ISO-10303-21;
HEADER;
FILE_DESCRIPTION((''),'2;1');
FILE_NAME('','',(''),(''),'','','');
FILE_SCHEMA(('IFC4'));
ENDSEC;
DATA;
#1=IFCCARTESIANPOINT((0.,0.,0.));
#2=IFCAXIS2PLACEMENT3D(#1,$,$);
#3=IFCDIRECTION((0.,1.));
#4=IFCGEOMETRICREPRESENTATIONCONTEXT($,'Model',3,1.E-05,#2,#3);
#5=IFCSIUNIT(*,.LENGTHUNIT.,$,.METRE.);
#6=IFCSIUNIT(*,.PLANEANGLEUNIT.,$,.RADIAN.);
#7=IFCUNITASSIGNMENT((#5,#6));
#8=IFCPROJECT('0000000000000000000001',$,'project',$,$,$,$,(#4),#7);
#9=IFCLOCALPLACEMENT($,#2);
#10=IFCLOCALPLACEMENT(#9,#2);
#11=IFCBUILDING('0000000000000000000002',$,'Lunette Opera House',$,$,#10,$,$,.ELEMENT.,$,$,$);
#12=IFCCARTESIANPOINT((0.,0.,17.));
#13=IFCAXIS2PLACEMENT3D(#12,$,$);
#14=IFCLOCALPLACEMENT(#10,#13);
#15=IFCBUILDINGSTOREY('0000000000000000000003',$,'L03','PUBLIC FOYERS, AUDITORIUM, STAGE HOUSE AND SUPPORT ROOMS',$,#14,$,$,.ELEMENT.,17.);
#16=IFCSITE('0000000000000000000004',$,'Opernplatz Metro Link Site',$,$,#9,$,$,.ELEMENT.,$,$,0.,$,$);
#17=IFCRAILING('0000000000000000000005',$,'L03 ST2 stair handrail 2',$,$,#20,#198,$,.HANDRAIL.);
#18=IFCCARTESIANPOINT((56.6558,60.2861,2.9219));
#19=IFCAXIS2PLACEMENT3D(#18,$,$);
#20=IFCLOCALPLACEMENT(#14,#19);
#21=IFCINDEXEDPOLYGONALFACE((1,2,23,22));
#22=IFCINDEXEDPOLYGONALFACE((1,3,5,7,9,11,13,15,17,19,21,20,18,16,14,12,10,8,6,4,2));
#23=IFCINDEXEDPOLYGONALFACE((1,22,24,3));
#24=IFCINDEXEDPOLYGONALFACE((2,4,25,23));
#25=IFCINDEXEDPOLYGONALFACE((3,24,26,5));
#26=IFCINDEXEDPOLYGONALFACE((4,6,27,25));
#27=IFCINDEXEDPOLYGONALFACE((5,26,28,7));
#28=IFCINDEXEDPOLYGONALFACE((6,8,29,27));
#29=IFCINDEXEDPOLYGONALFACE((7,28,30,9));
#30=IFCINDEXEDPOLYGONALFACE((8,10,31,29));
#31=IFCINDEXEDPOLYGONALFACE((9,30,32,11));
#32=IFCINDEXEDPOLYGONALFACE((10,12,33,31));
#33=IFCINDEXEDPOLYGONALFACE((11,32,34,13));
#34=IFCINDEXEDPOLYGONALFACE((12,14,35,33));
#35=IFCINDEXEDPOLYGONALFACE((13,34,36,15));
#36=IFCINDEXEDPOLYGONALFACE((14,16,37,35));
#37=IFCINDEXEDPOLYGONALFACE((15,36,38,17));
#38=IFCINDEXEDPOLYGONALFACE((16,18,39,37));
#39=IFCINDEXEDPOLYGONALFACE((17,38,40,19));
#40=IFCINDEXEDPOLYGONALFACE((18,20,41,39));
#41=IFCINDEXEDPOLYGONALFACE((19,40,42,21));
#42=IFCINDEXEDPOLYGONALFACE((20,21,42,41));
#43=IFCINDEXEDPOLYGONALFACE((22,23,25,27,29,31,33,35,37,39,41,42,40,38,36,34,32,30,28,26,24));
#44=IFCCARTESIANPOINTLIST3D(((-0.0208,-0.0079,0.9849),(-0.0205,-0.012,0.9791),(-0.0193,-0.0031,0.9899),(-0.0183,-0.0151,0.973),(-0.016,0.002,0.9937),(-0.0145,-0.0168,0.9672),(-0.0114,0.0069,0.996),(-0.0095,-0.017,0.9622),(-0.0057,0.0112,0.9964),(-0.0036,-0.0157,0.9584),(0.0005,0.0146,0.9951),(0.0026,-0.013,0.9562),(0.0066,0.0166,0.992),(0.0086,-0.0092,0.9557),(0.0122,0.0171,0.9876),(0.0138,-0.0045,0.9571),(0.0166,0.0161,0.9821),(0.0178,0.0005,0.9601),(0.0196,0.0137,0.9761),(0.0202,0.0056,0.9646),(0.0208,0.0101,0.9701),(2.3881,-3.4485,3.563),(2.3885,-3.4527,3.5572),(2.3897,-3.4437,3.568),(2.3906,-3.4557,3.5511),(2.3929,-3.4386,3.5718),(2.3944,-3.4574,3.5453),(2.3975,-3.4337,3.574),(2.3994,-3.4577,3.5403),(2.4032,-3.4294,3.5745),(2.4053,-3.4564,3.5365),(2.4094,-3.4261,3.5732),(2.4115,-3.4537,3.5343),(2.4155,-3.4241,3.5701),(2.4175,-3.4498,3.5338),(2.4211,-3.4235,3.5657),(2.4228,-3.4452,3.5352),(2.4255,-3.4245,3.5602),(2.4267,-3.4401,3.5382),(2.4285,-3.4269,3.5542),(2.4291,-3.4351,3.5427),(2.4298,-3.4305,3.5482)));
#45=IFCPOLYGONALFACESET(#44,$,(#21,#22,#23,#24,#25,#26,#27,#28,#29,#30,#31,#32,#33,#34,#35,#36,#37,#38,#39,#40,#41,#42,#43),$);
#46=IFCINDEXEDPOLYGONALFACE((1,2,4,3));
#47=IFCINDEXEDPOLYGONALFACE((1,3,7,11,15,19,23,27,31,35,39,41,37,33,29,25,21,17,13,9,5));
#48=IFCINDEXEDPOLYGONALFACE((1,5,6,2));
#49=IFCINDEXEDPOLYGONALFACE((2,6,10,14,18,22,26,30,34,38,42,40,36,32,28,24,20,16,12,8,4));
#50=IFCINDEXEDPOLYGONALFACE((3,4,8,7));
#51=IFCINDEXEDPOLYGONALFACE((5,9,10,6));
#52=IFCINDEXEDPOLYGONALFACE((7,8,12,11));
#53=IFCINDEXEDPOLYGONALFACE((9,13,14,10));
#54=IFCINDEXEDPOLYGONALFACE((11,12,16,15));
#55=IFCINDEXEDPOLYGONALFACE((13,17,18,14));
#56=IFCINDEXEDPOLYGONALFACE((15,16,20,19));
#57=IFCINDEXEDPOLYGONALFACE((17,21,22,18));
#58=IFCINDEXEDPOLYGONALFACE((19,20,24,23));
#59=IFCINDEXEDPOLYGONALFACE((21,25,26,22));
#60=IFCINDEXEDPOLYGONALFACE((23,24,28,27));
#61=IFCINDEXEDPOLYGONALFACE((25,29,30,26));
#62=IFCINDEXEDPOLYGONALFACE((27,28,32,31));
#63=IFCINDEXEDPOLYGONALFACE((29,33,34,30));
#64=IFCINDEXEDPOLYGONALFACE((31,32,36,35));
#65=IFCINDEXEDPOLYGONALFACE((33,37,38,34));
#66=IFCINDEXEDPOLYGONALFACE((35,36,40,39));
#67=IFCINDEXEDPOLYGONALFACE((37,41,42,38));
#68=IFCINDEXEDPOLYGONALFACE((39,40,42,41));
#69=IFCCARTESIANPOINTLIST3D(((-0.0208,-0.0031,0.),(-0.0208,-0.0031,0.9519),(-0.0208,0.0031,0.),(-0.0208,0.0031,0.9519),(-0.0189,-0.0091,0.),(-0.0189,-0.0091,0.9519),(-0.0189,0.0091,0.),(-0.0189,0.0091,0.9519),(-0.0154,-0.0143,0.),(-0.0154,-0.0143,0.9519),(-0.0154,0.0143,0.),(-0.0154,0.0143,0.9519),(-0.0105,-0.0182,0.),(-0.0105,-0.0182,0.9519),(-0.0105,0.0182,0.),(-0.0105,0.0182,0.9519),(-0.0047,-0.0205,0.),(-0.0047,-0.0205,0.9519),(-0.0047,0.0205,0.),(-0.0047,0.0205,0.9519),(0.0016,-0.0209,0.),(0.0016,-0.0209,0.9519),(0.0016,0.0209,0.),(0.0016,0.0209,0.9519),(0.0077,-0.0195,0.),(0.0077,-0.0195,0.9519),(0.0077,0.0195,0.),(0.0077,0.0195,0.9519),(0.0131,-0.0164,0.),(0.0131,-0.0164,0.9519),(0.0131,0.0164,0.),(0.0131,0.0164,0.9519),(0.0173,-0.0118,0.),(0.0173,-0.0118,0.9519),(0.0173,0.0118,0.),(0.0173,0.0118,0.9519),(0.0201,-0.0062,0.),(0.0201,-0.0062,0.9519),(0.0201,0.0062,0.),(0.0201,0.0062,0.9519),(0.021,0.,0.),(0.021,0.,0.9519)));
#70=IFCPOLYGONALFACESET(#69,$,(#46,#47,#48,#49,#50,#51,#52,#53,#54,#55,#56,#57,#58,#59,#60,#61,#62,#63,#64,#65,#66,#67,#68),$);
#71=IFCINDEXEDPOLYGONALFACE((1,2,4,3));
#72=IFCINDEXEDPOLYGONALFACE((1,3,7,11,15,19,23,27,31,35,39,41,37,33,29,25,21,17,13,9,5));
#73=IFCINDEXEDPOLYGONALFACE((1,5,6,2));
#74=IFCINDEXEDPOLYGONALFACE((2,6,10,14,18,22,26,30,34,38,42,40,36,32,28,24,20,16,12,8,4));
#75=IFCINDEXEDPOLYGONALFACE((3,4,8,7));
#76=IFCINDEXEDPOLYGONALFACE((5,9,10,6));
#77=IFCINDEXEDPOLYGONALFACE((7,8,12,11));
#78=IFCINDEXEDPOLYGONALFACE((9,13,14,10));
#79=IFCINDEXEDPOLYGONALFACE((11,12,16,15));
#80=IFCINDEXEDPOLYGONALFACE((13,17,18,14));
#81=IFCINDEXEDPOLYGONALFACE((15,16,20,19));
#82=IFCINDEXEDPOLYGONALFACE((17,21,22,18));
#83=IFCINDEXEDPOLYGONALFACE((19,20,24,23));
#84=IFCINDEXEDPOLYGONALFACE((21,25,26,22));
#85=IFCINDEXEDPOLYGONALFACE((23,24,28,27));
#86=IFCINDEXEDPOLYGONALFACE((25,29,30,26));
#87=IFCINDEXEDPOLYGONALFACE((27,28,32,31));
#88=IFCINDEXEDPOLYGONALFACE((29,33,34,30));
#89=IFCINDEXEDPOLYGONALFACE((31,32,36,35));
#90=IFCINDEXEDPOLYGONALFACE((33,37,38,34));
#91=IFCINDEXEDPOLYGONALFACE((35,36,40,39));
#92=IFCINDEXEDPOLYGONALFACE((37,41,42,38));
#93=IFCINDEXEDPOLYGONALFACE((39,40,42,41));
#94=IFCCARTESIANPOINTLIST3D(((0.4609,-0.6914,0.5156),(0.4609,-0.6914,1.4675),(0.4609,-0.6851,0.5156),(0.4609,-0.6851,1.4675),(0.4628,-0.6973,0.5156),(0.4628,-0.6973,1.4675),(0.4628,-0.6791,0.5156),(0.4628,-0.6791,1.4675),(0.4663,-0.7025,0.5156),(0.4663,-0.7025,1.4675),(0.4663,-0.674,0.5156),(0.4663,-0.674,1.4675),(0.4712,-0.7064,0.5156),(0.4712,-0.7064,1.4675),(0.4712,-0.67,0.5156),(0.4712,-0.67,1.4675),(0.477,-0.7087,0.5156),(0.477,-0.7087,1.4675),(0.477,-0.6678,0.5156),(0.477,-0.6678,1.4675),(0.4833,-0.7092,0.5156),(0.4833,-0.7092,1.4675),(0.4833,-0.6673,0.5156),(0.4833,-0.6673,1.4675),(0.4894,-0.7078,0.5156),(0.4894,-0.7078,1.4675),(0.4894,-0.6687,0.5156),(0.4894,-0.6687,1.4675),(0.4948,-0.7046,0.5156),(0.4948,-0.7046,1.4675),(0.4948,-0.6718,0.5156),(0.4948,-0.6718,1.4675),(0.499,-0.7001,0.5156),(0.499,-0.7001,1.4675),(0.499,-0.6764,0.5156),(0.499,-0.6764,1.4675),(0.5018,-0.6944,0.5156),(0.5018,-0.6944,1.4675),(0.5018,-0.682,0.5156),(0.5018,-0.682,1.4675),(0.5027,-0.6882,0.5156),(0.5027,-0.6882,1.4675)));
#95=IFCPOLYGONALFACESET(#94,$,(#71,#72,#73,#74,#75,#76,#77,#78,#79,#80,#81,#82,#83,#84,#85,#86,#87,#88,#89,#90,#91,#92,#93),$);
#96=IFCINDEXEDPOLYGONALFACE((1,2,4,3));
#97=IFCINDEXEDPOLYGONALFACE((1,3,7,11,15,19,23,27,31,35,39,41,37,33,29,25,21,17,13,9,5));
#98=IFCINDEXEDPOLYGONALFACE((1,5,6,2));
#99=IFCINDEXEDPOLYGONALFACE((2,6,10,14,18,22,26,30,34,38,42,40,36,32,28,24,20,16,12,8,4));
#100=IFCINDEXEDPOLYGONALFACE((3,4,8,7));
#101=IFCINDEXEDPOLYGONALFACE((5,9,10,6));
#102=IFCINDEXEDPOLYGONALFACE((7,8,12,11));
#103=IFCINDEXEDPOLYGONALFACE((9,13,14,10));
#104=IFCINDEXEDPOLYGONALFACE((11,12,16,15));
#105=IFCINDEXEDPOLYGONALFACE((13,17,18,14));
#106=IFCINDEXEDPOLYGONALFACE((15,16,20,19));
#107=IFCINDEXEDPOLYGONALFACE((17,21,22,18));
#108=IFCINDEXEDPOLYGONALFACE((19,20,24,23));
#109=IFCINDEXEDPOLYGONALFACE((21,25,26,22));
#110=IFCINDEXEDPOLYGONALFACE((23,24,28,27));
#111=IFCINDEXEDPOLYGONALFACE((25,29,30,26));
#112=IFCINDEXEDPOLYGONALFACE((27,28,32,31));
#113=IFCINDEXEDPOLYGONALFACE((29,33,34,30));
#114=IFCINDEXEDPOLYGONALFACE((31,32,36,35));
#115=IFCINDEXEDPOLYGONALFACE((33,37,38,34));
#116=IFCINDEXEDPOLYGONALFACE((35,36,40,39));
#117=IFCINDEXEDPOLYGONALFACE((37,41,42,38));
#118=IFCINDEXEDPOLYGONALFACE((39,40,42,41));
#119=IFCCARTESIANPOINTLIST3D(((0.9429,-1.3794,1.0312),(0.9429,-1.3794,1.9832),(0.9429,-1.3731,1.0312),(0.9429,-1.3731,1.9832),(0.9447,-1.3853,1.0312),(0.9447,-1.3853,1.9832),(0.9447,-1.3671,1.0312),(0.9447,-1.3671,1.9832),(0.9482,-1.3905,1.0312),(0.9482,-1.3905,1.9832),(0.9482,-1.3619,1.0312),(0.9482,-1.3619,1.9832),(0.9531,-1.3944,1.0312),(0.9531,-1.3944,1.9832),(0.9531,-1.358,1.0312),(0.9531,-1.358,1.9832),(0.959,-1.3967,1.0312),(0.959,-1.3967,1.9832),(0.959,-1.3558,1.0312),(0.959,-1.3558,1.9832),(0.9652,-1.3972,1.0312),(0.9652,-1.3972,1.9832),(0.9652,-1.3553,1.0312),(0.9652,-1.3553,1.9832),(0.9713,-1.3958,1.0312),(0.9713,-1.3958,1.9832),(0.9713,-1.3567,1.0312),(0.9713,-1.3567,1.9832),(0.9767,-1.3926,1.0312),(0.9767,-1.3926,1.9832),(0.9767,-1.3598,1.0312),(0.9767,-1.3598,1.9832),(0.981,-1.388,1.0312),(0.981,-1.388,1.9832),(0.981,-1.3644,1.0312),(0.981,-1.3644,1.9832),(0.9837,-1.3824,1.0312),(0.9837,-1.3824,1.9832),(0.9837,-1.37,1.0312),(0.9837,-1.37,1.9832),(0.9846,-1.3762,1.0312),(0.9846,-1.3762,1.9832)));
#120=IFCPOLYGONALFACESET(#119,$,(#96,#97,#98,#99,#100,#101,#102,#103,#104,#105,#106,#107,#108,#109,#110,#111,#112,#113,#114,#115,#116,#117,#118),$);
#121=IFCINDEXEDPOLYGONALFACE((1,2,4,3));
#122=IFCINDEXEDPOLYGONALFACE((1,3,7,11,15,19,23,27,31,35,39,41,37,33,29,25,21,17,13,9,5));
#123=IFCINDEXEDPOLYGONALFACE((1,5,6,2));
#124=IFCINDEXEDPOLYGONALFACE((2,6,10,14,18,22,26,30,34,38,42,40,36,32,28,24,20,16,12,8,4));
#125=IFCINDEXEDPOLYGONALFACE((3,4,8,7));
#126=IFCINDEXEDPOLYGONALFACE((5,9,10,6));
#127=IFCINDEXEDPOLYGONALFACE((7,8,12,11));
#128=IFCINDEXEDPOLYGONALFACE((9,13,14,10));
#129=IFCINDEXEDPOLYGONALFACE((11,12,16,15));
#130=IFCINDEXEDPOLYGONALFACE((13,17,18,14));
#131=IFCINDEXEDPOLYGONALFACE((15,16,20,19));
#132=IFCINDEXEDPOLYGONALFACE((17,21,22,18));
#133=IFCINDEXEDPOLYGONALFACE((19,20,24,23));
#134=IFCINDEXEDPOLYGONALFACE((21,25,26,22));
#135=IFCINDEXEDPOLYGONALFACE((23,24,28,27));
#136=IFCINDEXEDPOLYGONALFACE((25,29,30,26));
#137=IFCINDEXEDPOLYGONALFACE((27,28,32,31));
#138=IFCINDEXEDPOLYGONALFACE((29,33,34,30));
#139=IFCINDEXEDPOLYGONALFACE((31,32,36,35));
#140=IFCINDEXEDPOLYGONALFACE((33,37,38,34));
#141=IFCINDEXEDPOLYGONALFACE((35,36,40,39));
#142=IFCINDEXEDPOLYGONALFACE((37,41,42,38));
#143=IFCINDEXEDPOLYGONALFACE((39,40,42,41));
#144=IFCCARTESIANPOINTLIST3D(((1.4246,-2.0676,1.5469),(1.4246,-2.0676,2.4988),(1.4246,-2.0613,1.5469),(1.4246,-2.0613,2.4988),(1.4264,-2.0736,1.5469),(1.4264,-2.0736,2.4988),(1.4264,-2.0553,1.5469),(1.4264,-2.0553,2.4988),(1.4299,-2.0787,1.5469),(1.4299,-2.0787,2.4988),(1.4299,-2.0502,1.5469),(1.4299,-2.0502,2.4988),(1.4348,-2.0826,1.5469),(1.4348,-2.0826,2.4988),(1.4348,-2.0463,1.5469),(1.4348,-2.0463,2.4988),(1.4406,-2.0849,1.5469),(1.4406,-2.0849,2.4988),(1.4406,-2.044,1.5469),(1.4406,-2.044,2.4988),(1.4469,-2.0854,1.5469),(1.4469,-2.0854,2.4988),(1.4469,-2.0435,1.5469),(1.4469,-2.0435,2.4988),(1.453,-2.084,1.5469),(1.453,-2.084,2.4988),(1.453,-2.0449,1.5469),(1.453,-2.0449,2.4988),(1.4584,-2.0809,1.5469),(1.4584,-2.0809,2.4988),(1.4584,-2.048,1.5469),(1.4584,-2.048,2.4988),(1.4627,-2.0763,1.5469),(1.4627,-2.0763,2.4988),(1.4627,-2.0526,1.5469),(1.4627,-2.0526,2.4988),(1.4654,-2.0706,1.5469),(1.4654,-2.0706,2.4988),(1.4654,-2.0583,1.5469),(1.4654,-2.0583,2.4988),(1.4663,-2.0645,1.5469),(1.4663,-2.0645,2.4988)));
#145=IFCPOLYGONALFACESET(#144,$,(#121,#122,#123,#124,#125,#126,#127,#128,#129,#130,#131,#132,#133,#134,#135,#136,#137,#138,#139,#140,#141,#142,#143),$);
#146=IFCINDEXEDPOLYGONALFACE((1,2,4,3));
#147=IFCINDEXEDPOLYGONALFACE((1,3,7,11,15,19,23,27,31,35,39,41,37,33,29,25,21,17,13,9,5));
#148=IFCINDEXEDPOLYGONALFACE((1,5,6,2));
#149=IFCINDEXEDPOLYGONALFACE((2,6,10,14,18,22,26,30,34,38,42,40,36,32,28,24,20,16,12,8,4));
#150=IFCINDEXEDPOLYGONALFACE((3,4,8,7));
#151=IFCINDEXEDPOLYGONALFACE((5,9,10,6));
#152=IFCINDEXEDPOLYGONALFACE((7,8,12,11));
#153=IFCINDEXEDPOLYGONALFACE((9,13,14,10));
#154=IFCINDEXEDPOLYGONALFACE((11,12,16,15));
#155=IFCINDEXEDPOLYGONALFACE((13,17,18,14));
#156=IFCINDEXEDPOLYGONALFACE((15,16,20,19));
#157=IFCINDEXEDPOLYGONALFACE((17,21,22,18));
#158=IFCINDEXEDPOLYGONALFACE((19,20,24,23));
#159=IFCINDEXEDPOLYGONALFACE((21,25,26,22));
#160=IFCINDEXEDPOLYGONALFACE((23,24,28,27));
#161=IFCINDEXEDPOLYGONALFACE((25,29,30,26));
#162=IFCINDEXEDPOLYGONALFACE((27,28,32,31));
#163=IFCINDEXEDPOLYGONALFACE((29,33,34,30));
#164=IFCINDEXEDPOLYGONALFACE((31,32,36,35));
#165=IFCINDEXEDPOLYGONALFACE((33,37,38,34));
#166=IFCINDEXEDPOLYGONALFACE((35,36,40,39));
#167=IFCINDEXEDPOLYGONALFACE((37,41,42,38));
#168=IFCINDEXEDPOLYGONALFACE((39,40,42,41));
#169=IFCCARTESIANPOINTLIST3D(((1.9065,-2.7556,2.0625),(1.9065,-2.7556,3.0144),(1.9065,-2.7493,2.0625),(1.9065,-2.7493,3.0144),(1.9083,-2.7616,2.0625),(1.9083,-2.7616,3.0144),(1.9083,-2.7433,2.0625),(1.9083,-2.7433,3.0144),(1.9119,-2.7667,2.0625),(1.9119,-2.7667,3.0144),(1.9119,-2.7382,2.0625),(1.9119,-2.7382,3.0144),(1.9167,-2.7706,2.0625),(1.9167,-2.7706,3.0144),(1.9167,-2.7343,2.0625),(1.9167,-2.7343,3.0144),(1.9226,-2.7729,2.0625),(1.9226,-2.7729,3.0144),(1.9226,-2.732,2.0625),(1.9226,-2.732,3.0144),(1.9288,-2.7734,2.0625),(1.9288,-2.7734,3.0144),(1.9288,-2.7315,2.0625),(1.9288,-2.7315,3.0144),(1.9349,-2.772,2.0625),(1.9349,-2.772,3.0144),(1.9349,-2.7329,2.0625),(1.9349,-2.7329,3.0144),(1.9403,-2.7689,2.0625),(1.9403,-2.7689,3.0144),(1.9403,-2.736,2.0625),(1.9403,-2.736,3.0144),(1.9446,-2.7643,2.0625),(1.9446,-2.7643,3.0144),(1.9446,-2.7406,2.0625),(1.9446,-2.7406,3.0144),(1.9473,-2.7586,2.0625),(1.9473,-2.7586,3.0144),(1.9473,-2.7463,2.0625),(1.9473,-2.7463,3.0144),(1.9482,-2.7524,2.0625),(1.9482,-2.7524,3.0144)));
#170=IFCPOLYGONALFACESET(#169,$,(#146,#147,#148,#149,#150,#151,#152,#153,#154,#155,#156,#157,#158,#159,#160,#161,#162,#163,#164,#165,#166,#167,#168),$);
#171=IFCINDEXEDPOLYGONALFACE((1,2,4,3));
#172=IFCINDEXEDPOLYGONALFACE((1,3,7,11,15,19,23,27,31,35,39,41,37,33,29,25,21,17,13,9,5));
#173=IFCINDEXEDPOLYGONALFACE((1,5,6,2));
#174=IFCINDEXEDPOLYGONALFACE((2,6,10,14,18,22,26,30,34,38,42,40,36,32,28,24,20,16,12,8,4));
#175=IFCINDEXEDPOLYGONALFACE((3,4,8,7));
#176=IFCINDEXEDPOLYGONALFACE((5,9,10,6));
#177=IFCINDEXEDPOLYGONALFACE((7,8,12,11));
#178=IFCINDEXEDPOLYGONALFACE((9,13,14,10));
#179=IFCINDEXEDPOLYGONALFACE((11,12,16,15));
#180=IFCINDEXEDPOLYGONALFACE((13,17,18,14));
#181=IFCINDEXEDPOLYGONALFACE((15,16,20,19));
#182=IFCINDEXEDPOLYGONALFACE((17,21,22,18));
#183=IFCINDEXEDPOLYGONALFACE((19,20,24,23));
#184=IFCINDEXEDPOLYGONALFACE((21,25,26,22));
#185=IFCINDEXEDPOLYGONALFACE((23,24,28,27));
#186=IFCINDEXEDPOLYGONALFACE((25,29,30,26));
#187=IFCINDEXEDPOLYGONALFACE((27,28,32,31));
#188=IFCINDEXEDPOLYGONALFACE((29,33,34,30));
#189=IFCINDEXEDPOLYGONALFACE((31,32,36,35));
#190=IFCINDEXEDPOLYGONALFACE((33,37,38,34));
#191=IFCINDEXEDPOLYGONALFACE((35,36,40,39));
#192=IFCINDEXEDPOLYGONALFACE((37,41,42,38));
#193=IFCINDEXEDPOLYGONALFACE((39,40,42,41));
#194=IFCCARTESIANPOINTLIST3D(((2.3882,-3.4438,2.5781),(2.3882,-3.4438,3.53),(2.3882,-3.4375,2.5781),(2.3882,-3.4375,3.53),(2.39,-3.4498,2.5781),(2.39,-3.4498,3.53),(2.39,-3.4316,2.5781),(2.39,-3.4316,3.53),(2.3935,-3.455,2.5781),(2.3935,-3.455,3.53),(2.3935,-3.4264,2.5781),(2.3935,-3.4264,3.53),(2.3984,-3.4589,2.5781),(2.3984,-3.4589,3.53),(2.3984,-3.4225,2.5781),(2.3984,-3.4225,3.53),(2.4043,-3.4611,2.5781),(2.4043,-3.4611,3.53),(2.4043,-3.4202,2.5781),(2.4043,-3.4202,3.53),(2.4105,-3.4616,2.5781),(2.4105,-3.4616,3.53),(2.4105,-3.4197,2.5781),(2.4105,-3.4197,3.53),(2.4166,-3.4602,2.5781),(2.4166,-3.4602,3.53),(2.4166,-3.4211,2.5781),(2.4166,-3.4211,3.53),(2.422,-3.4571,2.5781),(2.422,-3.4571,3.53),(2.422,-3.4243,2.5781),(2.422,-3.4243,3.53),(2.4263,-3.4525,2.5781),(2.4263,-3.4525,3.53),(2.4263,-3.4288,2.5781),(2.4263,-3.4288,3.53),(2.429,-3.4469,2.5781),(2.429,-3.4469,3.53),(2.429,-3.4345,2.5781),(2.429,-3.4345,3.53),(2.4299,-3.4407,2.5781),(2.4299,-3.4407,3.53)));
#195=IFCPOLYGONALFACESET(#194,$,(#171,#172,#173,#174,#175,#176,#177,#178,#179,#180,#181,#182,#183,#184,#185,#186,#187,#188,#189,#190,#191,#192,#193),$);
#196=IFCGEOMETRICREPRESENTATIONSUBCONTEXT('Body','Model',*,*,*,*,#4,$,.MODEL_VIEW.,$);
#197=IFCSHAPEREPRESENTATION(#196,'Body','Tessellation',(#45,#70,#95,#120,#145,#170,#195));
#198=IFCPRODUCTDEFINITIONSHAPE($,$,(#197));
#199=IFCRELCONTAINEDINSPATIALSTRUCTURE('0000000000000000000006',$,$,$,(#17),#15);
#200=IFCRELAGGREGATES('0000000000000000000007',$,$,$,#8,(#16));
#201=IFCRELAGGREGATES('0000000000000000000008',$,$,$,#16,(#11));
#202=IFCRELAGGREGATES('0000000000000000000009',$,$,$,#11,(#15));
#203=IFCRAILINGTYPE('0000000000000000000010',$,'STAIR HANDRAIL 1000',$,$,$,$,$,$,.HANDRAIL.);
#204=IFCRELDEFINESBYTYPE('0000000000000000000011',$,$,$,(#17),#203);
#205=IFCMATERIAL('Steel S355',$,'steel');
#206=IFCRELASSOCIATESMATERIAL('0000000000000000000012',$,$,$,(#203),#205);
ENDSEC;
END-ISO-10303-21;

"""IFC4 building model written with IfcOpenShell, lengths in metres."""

from ifc_helpers import new_model, si_unit, direction, frame, origin, origin_2d, place, context, subcontext, project, spatial, circle, extrude, material, type_object, element, save


model = new_model("IFC4")

# Units and contexts
model_context = context("Model", 3, precision=1e-05, world=origin(), true_north=direction((0.0, 1.0)))
body_context = subcontext(model_context, "Body", "Model", "MODEL_VIEW")
ifc_project = project(units=[si_unit("LENGTHUNIT", "METRE"), si_unit("PLANEANGLEUNIT", "RADIAN")], contexts=[model_context])

# Site, building, storey
site_placement = place(None, origin())
site = spatial("IfcSite", under=ifc_project, at=site_placement, Name="Opernplatz Metro Link Site", CompositionType="ELEMENT", RefElevation=0.0)
building_placement = place(site_placement, origin())
building = spatial("IfcBuilding", under=site, at=building_placement, Name="Lunette Opera House", CompositionType="ELEMENT")
storey_placement = place(building_placement, frame((0.0, 0.0, 17.0)))
storey = spatial("IfcBuildingStorey", under=building, at=storey_placement, Name="L03", Description="PUBLIC FOYERS, AUDITORIUM, STAGE HOUSE AND SUPPORT ROOMS", CompositionType="ELEMENT", Elevation=17.0)

# Railing
ifc_material_1 = material(Name="Steel S355", Category="steel")
railing_type_1 = type_object("IfcRailingType", Name="STAIR HANDRAIL 1000", PredefinedType="HANDRAIL", material=ifc_material_1)
railing_1_placement = place(storey_placement, frame((56.6558, 60.2861, 2.9219)))
element("IfcRailing", 1, at=railing_1_placement, inside=storey, type_object=railing_type_1, Name="L03 ST2 stair handrail 2", PredefinedType="HANDRAIL", context=body_context, shape_type="SweptSolid", body=[
    extrude(circle(Radius=0.0239, at=origin_2d()), frame((0.0, 0.0, 0.9761), z_axis=(0.488799, -0.698149, 0.523129), x_axis=(0.81918, 0.573536, 0.0)), (0.0, 0.0, 1.0), 4.9282),
    extrude(circle(Radius=0.021, at=origin_2d()), origin(), (0.0, 0.0, 1.0), 0.9519),
    extrude(circle(Radius=0.021, at=origin_2d()), frame((0.4817, -0.6882, 0.5156)), (0.0, 0.0, 1.0), 0.9519),
    extrude(circle(Radius=0.021, at=origin_2d()), frame((0.9636, -1.3762, 1.0312)), (0.0, 0.0, 1.0), 0.9519),
    extrude(circle(Radius=0.021, at=origin_2d()), frame((1.4453, -2.0645, 1.5469)), (0.0, 0.0, 1.0), 0.9519),
    extrude(circle(Radius=0.021, at=origin_2d()), frame((1.9272, -2.7524, 2.0625)), (0.0, 0.0, 1.0), 0.9519),
    extrude(circle(Radius=0.021, at=origin_2d()), frame((2.4089, -3.4407, 2.5781)), (0.0, 0.0, 1.0), 0.9519),
])

save(model, "model.ifc")
